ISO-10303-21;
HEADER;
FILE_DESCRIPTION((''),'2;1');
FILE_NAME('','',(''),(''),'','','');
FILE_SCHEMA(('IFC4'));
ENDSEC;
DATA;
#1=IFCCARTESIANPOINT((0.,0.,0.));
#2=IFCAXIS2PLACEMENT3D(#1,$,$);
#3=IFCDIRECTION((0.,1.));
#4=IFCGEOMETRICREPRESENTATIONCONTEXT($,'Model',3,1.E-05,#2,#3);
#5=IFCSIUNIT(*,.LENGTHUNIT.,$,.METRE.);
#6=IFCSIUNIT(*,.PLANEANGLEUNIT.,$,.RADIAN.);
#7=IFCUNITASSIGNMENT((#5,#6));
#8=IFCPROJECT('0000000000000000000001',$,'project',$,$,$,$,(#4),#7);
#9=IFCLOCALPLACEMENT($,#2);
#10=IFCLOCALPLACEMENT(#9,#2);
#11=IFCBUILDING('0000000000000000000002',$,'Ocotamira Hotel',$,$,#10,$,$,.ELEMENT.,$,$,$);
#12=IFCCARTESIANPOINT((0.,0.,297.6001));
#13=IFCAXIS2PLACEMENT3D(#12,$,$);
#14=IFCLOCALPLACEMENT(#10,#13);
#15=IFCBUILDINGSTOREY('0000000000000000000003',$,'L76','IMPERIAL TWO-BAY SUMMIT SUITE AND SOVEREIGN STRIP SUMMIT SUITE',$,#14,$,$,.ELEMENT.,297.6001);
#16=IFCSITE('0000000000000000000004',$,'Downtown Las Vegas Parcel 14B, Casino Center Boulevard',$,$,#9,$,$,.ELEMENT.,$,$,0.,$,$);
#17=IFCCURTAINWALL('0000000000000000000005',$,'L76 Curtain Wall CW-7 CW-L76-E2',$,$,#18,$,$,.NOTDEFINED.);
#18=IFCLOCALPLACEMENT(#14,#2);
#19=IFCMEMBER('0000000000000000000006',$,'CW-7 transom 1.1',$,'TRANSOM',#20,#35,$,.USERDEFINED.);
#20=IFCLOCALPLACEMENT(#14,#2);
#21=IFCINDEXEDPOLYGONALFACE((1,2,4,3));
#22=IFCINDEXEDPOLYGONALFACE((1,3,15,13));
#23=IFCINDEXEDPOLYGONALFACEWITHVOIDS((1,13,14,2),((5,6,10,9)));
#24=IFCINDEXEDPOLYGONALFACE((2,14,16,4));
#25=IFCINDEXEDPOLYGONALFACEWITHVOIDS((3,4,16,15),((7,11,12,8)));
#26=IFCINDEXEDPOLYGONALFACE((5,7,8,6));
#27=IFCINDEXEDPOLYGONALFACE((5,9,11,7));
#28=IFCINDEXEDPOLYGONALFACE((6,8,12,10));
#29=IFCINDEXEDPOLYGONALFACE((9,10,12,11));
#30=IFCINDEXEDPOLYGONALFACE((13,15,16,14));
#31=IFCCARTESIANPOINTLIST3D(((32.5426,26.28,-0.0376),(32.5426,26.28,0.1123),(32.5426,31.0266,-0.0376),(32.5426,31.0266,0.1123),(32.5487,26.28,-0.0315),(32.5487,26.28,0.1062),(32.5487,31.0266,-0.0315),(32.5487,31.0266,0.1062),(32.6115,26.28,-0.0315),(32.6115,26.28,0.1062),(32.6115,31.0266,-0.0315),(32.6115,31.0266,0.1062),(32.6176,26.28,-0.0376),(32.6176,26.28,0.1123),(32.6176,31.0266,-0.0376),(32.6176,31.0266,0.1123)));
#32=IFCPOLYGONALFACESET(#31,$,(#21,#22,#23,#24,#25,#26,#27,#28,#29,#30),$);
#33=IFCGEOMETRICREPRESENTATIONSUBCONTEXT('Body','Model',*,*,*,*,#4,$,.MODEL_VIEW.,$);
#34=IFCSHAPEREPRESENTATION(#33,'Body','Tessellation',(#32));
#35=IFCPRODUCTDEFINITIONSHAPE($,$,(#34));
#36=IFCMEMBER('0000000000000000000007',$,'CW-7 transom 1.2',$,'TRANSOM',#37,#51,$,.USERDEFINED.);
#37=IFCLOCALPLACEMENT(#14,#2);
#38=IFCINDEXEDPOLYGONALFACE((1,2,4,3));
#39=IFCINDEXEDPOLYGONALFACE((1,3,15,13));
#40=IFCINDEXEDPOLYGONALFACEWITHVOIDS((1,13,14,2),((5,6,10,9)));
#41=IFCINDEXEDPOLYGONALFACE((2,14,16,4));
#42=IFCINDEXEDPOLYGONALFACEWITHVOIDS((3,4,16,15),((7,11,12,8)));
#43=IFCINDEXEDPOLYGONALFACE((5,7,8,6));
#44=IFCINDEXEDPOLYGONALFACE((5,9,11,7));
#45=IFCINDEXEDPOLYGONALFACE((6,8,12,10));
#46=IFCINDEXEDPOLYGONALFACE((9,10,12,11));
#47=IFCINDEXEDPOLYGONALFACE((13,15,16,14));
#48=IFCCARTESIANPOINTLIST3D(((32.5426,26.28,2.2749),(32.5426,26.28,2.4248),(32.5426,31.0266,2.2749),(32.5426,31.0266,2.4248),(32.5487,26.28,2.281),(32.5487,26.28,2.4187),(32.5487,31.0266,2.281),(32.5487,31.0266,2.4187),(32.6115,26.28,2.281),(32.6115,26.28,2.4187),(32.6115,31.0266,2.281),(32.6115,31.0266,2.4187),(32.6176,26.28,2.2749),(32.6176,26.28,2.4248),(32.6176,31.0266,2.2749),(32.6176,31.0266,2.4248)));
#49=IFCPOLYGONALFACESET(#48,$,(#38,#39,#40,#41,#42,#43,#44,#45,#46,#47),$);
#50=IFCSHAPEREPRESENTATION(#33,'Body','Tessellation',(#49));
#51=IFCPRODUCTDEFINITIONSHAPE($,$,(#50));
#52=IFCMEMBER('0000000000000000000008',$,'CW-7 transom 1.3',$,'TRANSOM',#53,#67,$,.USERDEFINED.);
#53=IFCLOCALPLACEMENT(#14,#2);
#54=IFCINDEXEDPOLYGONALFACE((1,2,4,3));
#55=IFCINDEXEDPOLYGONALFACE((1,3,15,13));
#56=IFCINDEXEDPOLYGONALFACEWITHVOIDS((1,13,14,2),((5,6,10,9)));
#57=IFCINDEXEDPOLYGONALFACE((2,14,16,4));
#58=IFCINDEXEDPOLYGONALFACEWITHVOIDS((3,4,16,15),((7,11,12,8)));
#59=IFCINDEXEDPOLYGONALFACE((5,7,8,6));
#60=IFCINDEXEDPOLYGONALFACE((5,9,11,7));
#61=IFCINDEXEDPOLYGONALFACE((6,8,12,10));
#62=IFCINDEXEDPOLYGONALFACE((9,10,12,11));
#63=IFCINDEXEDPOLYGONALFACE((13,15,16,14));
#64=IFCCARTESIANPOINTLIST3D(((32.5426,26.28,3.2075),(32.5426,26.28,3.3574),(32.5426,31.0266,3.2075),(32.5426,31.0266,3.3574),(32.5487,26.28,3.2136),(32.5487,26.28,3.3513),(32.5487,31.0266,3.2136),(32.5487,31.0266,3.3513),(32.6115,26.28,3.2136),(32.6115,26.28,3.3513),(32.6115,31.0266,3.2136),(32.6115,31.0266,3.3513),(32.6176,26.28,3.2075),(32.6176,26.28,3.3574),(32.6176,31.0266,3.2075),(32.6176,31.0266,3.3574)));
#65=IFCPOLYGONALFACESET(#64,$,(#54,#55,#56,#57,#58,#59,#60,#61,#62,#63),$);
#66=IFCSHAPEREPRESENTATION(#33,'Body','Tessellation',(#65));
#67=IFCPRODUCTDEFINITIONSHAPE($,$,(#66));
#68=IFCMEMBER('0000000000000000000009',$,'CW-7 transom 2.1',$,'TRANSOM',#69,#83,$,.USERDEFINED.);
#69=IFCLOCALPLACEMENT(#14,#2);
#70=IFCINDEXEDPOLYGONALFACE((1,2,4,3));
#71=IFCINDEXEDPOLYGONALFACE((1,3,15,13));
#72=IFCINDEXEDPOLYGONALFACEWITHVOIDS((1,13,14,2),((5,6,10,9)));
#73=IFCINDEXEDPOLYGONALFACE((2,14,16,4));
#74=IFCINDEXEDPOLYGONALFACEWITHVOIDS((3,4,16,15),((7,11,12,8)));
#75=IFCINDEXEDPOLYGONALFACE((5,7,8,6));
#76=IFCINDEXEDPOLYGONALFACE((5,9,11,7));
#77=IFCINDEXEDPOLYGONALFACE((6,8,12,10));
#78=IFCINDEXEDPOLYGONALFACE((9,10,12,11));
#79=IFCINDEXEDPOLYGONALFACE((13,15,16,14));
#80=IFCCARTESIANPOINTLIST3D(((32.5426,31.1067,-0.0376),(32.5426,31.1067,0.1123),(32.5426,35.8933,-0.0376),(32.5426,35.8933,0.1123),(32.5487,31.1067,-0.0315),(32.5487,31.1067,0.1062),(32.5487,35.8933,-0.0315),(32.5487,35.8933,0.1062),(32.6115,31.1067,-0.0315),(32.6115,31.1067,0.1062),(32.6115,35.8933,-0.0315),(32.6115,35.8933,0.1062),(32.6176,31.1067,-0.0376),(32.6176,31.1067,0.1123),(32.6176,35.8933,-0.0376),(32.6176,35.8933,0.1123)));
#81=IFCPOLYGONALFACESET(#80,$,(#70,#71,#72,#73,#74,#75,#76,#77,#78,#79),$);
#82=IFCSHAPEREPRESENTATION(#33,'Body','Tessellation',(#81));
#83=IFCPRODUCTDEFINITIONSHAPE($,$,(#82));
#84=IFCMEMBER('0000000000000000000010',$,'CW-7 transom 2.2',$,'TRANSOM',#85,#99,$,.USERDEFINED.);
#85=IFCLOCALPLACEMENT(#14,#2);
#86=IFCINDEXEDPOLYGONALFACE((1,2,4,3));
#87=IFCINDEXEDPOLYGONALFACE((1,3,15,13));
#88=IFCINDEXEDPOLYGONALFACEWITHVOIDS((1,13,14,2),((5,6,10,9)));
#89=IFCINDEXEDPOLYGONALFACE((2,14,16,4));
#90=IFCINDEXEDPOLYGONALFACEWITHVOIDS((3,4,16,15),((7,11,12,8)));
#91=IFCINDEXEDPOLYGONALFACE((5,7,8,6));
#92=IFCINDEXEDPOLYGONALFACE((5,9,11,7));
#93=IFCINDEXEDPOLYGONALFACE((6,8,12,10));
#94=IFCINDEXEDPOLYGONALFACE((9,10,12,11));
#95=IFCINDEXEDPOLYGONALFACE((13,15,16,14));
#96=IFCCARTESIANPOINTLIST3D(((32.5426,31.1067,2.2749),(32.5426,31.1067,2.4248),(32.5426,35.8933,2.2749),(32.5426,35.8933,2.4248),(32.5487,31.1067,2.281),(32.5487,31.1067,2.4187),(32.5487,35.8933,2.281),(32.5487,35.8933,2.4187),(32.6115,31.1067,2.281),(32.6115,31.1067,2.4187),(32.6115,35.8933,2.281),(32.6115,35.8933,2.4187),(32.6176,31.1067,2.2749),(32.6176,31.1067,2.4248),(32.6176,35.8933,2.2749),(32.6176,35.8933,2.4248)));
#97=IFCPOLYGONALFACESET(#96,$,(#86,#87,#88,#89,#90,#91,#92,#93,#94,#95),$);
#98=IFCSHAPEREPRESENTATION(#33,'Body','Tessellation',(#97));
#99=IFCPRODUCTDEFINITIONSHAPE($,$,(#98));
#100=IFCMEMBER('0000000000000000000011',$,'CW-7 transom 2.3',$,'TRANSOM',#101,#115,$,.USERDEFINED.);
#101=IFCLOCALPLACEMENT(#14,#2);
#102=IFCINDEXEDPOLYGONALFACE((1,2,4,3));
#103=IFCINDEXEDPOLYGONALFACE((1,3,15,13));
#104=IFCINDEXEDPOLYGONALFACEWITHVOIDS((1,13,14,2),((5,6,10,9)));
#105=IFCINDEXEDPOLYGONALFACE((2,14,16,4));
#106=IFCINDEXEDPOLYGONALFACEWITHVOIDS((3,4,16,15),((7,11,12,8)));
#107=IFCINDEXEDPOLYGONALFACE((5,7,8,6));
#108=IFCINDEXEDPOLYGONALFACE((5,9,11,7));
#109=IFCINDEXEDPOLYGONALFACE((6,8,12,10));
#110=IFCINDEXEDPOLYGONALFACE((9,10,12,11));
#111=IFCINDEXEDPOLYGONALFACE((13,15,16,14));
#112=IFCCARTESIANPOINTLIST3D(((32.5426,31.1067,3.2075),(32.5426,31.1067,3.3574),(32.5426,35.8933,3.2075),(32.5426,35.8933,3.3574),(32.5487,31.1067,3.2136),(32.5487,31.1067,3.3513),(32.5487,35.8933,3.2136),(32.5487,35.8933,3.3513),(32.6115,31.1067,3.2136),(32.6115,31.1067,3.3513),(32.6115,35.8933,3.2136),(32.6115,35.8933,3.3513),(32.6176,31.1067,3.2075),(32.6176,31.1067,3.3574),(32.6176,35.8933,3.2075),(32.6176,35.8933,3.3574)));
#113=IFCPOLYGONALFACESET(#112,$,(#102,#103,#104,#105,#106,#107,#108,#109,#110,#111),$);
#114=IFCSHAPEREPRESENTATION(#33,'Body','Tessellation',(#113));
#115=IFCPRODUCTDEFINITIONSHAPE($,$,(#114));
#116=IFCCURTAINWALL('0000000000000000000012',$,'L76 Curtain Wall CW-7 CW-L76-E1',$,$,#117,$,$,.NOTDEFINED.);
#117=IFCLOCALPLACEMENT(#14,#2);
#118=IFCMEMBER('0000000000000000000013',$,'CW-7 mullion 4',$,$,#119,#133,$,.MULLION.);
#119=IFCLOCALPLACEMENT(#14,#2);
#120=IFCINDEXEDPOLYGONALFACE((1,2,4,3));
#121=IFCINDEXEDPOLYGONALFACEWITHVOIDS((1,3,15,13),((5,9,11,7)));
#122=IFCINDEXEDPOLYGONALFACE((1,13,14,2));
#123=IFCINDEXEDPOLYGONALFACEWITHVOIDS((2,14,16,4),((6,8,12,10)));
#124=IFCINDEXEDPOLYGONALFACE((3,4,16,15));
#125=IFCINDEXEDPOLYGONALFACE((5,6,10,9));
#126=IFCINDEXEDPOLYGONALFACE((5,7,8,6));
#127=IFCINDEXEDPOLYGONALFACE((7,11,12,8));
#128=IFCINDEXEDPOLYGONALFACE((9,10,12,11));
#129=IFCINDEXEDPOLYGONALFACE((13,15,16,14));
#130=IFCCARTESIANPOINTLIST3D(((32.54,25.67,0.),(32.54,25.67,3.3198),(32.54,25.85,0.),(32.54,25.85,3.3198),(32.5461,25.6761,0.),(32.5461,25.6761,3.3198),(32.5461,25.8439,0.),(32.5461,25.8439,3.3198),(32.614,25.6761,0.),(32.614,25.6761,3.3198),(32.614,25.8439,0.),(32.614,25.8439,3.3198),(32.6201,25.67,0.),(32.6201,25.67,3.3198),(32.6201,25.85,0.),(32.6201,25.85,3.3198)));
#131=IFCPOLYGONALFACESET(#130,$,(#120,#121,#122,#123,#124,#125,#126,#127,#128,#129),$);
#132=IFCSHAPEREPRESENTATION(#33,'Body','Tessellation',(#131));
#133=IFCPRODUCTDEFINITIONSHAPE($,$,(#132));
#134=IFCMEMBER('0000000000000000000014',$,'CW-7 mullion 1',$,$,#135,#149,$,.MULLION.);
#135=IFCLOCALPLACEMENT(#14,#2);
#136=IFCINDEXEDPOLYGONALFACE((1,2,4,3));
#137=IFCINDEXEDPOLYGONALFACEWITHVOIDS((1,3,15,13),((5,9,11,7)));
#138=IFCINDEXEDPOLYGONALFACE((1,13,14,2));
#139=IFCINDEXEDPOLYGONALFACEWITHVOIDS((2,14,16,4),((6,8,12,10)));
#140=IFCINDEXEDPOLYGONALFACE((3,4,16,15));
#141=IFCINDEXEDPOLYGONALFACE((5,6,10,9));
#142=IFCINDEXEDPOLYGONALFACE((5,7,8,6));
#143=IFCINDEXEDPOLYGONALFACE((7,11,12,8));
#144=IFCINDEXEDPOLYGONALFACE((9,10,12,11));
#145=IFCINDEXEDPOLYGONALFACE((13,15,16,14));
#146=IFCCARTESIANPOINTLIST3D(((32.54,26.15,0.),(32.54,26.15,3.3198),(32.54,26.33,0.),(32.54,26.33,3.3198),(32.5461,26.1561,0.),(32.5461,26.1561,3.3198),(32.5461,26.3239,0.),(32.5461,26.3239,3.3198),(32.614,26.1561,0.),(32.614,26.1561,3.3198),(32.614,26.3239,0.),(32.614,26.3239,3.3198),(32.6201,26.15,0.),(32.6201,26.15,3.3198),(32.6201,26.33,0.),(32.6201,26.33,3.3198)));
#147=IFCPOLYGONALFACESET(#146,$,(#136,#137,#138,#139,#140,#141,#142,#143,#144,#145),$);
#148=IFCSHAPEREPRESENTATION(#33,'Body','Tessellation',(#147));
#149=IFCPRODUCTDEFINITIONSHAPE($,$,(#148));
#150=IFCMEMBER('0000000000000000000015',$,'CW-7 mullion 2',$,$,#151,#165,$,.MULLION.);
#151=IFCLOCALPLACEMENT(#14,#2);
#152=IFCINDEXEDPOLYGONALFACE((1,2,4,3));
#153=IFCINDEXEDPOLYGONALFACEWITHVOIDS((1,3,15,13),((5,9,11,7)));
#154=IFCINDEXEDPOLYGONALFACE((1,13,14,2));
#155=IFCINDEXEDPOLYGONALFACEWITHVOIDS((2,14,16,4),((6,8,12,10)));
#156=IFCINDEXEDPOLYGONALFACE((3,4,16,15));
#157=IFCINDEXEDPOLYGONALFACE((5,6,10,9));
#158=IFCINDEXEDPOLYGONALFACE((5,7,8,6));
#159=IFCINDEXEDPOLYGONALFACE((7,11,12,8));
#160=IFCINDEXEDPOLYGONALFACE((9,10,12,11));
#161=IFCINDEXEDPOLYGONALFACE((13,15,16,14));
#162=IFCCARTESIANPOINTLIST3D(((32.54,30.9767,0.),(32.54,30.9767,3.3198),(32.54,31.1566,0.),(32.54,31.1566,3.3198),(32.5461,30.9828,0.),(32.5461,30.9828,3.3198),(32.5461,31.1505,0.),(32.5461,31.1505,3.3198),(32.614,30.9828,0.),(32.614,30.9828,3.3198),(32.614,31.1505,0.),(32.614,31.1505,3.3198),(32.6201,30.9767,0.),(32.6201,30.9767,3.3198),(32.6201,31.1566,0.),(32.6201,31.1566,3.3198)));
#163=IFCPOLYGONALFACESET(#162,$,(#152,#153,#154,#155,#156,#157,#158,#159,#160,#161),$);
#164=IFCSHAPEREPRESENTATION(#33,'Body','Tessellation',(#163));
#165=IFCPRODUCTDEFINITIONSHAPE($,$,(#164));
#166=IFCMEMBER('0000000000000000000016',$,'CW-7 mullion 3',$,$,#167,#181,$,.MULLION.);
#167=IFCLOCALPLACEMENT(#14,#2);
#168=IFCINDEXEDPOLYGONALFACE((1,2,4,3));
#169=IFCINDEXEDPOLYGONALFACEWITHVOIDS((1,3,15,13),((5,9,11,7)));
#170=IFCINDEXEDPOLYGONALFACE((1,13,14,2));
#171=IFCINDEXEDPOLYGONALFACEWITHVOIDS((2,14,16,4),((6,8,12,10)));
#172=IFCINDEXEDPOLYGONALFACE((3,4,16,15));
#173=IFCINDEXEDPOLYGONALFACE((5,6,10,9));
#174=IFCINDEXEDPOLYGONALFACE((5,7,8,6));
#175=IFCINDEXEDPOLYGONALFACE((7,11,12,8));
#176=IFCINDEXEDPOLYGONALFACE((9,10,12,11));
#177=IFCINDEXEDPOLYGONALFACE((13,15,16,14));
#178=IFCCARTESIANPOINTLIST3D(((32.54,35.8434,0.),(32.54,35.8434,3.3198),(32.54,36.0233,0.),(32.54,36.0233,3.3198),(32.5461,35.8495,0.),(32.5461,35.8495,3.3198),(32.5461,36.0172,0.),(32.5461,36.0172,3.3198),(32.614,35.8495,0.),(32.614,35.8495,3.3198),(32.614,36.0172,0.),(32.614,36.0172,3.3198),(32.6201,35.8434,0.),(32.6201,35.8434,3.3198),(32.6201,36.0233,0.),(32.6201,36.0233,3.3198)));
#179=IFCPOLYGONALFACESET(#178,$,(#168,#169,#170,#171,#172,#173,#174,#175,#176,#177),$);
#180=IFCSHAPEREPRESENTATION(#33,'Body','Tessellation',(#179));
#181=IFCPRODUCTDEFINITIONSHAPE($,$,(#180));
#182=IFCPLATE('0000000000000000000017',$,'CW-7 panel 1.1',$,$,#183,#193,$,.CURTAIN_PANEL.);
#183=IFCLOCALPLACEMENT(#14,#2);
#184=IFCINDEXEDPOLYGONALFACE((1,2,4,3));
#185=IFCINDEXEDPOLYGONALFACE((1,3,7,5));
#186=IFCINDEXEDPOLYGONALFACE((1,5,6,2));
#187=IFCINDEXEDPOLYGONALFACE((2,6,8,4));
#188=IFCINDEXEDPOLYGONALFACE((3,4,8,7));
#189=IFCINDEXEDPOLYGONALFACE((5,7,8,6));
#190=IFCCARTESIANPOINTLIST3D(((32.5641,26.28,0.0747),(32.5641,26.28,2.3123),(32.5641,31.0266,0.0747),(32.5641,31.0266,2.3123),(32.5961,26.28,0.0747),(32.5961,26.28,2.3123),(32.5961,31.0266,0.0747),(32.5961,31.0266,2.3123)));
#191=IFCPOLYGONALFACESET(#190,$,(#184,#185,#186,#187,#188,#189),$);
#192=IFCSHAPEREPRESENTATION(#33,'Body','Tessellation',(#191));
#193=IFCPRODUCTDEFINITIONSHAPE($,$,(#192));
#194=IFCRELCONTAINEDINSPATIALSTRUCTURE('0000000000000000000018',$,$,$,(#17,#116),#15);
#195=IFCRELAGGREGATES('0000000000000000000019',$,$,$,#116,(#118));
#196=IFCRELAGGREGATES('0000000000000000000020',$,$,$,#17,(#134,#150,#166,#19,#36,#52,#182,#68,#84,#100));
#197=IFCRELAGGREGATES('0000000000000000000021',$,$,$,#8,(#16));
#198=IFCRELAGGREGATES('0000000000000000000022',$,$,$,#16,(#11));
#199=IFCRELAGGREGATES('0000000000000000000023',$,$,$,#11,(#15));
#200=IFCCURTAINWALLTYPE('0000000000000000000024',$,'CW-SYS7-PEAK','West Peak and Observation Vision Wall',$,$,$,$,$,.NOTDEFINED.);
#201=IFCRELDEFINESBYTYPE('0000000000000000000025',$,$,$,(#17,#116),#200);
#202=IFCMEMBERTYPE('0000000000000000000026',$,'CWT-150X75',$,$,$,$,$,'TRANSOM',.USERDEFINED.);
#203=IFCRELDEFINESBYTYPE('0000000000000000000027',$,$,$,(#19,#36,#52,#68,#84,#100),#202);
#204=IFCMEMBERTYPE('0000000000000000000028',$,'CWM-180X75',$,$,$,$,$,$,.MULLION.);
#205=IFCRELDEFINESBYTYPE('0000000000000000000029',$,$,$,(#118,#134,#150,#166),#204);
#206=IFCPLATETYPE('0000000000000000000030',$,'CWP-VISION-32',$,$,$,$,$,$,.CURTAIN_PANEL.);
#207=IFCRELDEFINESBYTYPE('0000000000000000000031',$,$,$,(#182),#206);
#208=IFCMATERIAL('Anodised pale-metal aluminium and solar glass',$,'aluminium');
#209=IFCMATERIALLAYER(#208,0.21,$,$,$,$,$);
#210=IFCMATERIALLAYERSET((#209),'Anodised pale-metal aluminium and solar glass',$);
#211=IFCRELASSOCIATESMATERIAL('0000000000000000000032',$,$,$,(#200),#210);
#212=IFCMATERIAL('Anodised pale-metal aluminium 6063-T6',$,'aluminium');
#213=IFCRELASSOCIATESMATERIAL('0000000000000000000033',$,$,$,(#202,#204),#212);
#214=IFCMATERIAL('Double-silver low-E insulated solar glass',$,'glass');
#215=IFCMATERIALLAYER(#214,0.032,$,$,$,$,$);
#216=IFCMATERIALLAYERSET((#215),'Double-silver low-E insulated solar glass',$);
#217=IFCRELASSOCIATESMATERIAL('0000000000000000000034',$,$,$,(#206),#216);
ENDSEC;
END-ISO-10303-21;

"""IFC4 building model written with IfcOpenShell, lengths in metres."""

from ifc_helpers import new_model, si_unit, direction, frame, origin, origin_2d, place, context, subcontext, project, spatial, rectangle, hollow_rectangle, extrude, source, transform, mapped, material, layer, layer_set, material_profile, profile_set, type_object, element, aggregate, save


model = new_model("IFC4")

# Units and contexts
model_context = context("Model", 3, precision=1e-05, world=origin(), true_north=direction((0.0, 1.0)))
body_context = subcontext(model_context, "Body", "Model", "MODEL_VIEW")
ifc_project = project(units=[si_unit("LENGTHUNIT", "METRE"), si_unit("PLANEANGLEUNIT", "RADIAN")], contexts=[model_context])

# Site, building, storey
site_placement = place(None, origin())
site = spatial("IfcSite", under=ifc_project, at=site_placement, Name="Downtown Las Vegas Parcel 14B, Casino Center Boulevard", CompositionType="ELEMENT", RefElevation=0.0)
building_placement = place(site_placement, origin())
building = spatial("IfcBuilding", under=site, at=building_placement, Name="Ocotamira Hotel", CompositionType="ELEMENT")
storey_placement = place(building_placement, frame((0.0, 0.0, 297.6001)))
storey = spatial("IfcBuildingStorey", under=building, at=storey_placement, Name="L76", Description="IMPERIAL TWO-BAY SUMMIT SUITE AND SOVEREIGN STRIP SUMMIT SUITE", CompositionType="ELEMENT", Elevation=297.6001)

# Curtain wall, members
ifc_material_1 = material(Name="Anodised pale-metal aluminium and solar glass", Category="aluminium")
ifc_layer_1 = layer(ifc_material_1, 0.21)
ifc_layer_set_1 = layer_set([ifc_layer_1], Name="Anodised pale-metal aluminium and solar glass")
curtain_wall_type = type_object("IfcCurtainWallType", Name="CW-SYS7-PEAK", Description="West Peak and Observation Vision Wall", PredefinedType="NOTDEFINED", material=ifc_layer_set_1)
curtain_wall_1_placement = place(storey_placement, origin())
curtain_wall_1 = element("IfcCurtainWall", 1, at=curtain_wall_1_placement, inside=storey, type_object=curtain_wall_type, Name="L76 Curtain Wall CW-7 CW-L76-E2", PredefinedType="NOTDEFINED")
ifc_material_2 = material(Name="Anodised pale-metal aluminium 6063-T6", Category="aluminium")
ifc_material_profile_1 = material_profile(ifc_material_2, hollow_rectangle(XDim=0.075, YDim=0.1499, WallThickness=0.0061, at=origin_2d()), Name="HSS150X75X6")
ifc_profile_set_1 = profile_set([ifc_material_profile_1], Name="Anodised pale-metal aluminium 6063-T6")
member_type_1 = type_object("IfcMemberType", Name="CWT-150X75", ElementType="TRANSOM", PredefinedType="USERDEFINED", material=ifc_profile_set_1)
shared_shape_1 = source(origin(), body_context, "Body", "SweptSolid", [
    extrude(hollow_rectangle(XDim=0.075, YDim=0.1499, WallThickness=0.0061, at=origin_2d()), origin(), (0.0, 0.0, 1.0), 4.7466),
])
member_1_placement = place(storey_placement, frame((32.5801, 26.28, 0.0374), z_axis=(0.0, 1.0, 0.0), x_axis=(-1.0, 0.0, 0.0)))
member_1 = element("IfcMember", 2, at=member_1_placement, type_object=member_type_1, Name="CW-7 transom 1.1", ObjectType="TRANSOM", PredefinedType="USERDEFINED", context=body_context, shape_type="MappedRepresentation", body=[
    mapped(shared_shape_1, transform((0.0, 0.0, 0.0), scale=1.0)),
])
member_2_placement = place(storey_placement, frame((32.5801, 26.28, 2.3499), z_axis=(0.0, 1.0, 0.0), x_axis=(-1.0, 0.0, 0.0)))
member_2 = element("IfcMember", 3, at=member_2_placement, type_object=member_type_1, Name="CW-7 transom 1.2", ObjectType="TRANSOM", PredefinedType="USERDEFINED", context=body_context, shape_type="MappedRepresentation", body=[
    mapped(shared_shape_1, transform((0.0, 0.0, 0.0), scale=1.0)),
])
member_3_placement = place(storey_placement, frame((32.5801, 26.28, 3.2825), z_axis=(0.0, 1.0, 0.0), x_axis=(-1.0, 0.0, 0.0)))
member_3 = element("IfcMember", 4, at=member_3_placement, type_object=member_type_1, Name="CW-7 transom 1.3", ObjectType="TRANSOM", PredefinedType="USERDEFINED", context=body_context, shape_type="MappedRepresentation", body=[
    mapped(shared_shape_1, transform((0.0, 0.0, 0.0), scale=1.0)),
])
shared_shape_2 = source(origin(), body_context, "Body", "SweptSolid", [
    extrude(hollow_rectangle(XDim=0.075, YDim=0.1499, WallThickness=0.0061, at=origin_2d()), origin(), (0.0, 0.0, 1.0), 4.7866),
])
member_4_placement = place(storey_placement, frame((32.5801, 31.1067, 0.0374), z_axis=(0.0, 1.0, 0.0), x_axis=(-1.0, 0.0, 0.0)))
member_4 = element("IfcMember", 5, at=member_4_placement, type_object=member_type_1, Name="CW-7 transom 2.1", ObjectType="TRANSOM", PredefinedType="USERDEFINED", context=body_context, shape_type="MappedRepresentation", body=[
    mapped(shared_shape_2, transform((0.0, 0.0, 0.0), scale=1.0)),
])
member_5_placement = place(storey_placement, frame((32.5801, 31.1067, 2.3499), z_axis=(0.0, 1.0, 0.0), x_axis=(-1.0, 0.0, 0.0)))
member_5 = element("IfcMember", 6, at=member_5_placement, type_object=member_type_1, Name="CW-7 transom 2.2", ObjectType="TRANSOM", PredefinedType="USERDEFINED", context=body_context, shape_type="MappedRepresentation", body=[
    mapped(shared_shape_2, transform((0.0, 0.0, 0.0), scale=1.0)),
])
member_6_placement = place(storey_placement, frame((32.5801, 31.1067, 3.2825), z_axis=(0.0, 1.0, 0.0), x_axis=(-1.0, 0.0, 0.0)))
member_6 = element("IfcMember", 7, at=member_6_placement, type_object=member_type_1, Name="CW-7 transom 2.3", ObjectType="TRANSOM", PredefinedType="USERDEFINED", context=body_context, shape_type="MappedRepresentation", body=[
    mapped(shared_shape_2, transform((0.0, 0.0, 0.0), scale=1.0)),
])

# Curtain wall, member
curtain_wall_2_placement = place(storey_placement, origin())
curtain_wall_2 = element("IfcCurtainWall", 8, at=curtain_wall_2_placement, inside=storey, type_object=curtain_wall_type, Name="L76 Curtain Wall CW-7 CW-L76-E1", PredefinedType="NOTDEFINED")
ifc_material_profile_2 = material_profile(ifc_material_2, hollow_rectangle(XDim=0.0801, YDim=0.1799, WallThickness=0.0061, at=origin_2d()), Name="HSS180X80X6")
ifc_profile_set_2 = profile_set([ifc_material_profile_2], Name="Anodised pale-metal aluminium 6063-T6")
member_type_2 = type_object("IfcMemberType", Name="CWM-180X75", PredefinedType="MULLION", material=ifc_profile_set_2)
shared_shape_3 = source(origin(), body_context, "Body", "SweptSolid", [
    extrude(hollow_rectangle(XDim=0.0801, YDim=0.1799, WallThickness=0.0061, at=origin_2d()), origin(), (0.0, 0.0, 1.0), 3.3198),
])
member_7_placement = place(storey_placement, frame((32.5801, 25.76, 0.0), z_axis=(0.0, 0.0, 1.0), x_axis=(-1.0, 0.0, 0.0)))
member_7 = element("IfcMember", 9, at=member_7_placement, type_object=member_type_2, Name="CW-7 mullion 4", PredefinedType="MULLION", context=body_context, shape_type="MappedRepresentation", body=[
    mapped(shared_shape_3, transform((0.0, 0.0, 0.0), scale=1.0)),
])
aggregate(curtain_wall_2, [member_7])

# Members
member_8_placement = place(storey_placement, frame((32.5801, 26.24, 0.0), z_axis=(0.0, 0.0, 1.0), x_axis=(-1.0, 0.0, 0.0)))
member_8 = element("IfcMember", 10, at=member_8_placement, type_object=member_type_2, Name="CW-7 mullion 1", PredefinedType="MULLION", context=body_context, shape_type="MappedRepresentation", body=[
    mapped(shared_shape_3, transform((0.0, 0.0, 0.0), scale=1.0)),
])
member_9_placement = place(storey_placement, frame((32.5801, 31.0667, 0.0), z_axis=(0.0, 0.0, 1.0), x_axis=(-1.0, 0.0, 0.0)))
member_9 = element("IfcMember", 11, at=member_9_placement, type_object=member_type_2, Name="CW-7 mullion 2", PredefinedType="MULLION", context=body_context, shape_type="MappedRepresentation", body=[
    mapped(shared_shape_3, transform((0.0, 0.0, 0.0), scale=1.0)),
])
member_10_placement = place(storey_placement, frame((32.5801, 35.9333, 0.0), z_axis=(0.0, 0.0, 1.0), x_axis=(-1.0, 0.0, 0.0)))
member_10 = element("IfcMember", 12, at=member_10_placement, type_object=member_type_2, Name="CW-7 mullion 3", PredefinedType="MULLION", context=body_context, shape_type="MappedRepresentation", body=[
    mapped(shared_shape_3, transform((0.0, 0.0, 0.0), scale=1.0)),
])

# Plate
ifc_material_3 = material(Name="Double-silver low-E insulated solar glass", Category="glass")
ifc_layer_2 = layer(ifc_material_3, 0.032)
ifc_layer_set_2 = layer_set([ifc_layer_2], Name="Double-silver low-E insulated solar glass")
plate_type = type_object("IfcPlateType", Name="CWP-VISION-32", PredefinedType="CURTAIN_PANEL", material=ifc_layer_set_2)
shared_shape_4 = source(origin(), body_context, "Body", "SweptSolid", [
    extrude(rectangle(XDim=4.7466, YDim=0.032, at=origin_2d()), origin(), (0.0, 0.0, 1.0), 2.2375),
])
plate_1_placement = place(storey_placement, frame((32.5801, 28.6533, 0.0747), z_axis=(0.0, 0.0, 1.0), x_axis=(0.0, 1.0, 0.0)))
plate_1 = element("IfcPlate", 13, at=plate_1_placement, type_object=plate_type, Name="CW-7 panel 1.1", PredefinedType="CURTAIN_PANEL", context=body_context, shape_type="MappedRepresentation", body=[
    mapped(shared_shape_4, transform((0.0, 0.0, 0.0), scale=1.0)),
])
aggregate(curtain_wall_1, [member_8, member_9, member_10, member_1, member_2, member_3, plate_1, member_4, member_5, member_6])

save(model, "model.ifc")
